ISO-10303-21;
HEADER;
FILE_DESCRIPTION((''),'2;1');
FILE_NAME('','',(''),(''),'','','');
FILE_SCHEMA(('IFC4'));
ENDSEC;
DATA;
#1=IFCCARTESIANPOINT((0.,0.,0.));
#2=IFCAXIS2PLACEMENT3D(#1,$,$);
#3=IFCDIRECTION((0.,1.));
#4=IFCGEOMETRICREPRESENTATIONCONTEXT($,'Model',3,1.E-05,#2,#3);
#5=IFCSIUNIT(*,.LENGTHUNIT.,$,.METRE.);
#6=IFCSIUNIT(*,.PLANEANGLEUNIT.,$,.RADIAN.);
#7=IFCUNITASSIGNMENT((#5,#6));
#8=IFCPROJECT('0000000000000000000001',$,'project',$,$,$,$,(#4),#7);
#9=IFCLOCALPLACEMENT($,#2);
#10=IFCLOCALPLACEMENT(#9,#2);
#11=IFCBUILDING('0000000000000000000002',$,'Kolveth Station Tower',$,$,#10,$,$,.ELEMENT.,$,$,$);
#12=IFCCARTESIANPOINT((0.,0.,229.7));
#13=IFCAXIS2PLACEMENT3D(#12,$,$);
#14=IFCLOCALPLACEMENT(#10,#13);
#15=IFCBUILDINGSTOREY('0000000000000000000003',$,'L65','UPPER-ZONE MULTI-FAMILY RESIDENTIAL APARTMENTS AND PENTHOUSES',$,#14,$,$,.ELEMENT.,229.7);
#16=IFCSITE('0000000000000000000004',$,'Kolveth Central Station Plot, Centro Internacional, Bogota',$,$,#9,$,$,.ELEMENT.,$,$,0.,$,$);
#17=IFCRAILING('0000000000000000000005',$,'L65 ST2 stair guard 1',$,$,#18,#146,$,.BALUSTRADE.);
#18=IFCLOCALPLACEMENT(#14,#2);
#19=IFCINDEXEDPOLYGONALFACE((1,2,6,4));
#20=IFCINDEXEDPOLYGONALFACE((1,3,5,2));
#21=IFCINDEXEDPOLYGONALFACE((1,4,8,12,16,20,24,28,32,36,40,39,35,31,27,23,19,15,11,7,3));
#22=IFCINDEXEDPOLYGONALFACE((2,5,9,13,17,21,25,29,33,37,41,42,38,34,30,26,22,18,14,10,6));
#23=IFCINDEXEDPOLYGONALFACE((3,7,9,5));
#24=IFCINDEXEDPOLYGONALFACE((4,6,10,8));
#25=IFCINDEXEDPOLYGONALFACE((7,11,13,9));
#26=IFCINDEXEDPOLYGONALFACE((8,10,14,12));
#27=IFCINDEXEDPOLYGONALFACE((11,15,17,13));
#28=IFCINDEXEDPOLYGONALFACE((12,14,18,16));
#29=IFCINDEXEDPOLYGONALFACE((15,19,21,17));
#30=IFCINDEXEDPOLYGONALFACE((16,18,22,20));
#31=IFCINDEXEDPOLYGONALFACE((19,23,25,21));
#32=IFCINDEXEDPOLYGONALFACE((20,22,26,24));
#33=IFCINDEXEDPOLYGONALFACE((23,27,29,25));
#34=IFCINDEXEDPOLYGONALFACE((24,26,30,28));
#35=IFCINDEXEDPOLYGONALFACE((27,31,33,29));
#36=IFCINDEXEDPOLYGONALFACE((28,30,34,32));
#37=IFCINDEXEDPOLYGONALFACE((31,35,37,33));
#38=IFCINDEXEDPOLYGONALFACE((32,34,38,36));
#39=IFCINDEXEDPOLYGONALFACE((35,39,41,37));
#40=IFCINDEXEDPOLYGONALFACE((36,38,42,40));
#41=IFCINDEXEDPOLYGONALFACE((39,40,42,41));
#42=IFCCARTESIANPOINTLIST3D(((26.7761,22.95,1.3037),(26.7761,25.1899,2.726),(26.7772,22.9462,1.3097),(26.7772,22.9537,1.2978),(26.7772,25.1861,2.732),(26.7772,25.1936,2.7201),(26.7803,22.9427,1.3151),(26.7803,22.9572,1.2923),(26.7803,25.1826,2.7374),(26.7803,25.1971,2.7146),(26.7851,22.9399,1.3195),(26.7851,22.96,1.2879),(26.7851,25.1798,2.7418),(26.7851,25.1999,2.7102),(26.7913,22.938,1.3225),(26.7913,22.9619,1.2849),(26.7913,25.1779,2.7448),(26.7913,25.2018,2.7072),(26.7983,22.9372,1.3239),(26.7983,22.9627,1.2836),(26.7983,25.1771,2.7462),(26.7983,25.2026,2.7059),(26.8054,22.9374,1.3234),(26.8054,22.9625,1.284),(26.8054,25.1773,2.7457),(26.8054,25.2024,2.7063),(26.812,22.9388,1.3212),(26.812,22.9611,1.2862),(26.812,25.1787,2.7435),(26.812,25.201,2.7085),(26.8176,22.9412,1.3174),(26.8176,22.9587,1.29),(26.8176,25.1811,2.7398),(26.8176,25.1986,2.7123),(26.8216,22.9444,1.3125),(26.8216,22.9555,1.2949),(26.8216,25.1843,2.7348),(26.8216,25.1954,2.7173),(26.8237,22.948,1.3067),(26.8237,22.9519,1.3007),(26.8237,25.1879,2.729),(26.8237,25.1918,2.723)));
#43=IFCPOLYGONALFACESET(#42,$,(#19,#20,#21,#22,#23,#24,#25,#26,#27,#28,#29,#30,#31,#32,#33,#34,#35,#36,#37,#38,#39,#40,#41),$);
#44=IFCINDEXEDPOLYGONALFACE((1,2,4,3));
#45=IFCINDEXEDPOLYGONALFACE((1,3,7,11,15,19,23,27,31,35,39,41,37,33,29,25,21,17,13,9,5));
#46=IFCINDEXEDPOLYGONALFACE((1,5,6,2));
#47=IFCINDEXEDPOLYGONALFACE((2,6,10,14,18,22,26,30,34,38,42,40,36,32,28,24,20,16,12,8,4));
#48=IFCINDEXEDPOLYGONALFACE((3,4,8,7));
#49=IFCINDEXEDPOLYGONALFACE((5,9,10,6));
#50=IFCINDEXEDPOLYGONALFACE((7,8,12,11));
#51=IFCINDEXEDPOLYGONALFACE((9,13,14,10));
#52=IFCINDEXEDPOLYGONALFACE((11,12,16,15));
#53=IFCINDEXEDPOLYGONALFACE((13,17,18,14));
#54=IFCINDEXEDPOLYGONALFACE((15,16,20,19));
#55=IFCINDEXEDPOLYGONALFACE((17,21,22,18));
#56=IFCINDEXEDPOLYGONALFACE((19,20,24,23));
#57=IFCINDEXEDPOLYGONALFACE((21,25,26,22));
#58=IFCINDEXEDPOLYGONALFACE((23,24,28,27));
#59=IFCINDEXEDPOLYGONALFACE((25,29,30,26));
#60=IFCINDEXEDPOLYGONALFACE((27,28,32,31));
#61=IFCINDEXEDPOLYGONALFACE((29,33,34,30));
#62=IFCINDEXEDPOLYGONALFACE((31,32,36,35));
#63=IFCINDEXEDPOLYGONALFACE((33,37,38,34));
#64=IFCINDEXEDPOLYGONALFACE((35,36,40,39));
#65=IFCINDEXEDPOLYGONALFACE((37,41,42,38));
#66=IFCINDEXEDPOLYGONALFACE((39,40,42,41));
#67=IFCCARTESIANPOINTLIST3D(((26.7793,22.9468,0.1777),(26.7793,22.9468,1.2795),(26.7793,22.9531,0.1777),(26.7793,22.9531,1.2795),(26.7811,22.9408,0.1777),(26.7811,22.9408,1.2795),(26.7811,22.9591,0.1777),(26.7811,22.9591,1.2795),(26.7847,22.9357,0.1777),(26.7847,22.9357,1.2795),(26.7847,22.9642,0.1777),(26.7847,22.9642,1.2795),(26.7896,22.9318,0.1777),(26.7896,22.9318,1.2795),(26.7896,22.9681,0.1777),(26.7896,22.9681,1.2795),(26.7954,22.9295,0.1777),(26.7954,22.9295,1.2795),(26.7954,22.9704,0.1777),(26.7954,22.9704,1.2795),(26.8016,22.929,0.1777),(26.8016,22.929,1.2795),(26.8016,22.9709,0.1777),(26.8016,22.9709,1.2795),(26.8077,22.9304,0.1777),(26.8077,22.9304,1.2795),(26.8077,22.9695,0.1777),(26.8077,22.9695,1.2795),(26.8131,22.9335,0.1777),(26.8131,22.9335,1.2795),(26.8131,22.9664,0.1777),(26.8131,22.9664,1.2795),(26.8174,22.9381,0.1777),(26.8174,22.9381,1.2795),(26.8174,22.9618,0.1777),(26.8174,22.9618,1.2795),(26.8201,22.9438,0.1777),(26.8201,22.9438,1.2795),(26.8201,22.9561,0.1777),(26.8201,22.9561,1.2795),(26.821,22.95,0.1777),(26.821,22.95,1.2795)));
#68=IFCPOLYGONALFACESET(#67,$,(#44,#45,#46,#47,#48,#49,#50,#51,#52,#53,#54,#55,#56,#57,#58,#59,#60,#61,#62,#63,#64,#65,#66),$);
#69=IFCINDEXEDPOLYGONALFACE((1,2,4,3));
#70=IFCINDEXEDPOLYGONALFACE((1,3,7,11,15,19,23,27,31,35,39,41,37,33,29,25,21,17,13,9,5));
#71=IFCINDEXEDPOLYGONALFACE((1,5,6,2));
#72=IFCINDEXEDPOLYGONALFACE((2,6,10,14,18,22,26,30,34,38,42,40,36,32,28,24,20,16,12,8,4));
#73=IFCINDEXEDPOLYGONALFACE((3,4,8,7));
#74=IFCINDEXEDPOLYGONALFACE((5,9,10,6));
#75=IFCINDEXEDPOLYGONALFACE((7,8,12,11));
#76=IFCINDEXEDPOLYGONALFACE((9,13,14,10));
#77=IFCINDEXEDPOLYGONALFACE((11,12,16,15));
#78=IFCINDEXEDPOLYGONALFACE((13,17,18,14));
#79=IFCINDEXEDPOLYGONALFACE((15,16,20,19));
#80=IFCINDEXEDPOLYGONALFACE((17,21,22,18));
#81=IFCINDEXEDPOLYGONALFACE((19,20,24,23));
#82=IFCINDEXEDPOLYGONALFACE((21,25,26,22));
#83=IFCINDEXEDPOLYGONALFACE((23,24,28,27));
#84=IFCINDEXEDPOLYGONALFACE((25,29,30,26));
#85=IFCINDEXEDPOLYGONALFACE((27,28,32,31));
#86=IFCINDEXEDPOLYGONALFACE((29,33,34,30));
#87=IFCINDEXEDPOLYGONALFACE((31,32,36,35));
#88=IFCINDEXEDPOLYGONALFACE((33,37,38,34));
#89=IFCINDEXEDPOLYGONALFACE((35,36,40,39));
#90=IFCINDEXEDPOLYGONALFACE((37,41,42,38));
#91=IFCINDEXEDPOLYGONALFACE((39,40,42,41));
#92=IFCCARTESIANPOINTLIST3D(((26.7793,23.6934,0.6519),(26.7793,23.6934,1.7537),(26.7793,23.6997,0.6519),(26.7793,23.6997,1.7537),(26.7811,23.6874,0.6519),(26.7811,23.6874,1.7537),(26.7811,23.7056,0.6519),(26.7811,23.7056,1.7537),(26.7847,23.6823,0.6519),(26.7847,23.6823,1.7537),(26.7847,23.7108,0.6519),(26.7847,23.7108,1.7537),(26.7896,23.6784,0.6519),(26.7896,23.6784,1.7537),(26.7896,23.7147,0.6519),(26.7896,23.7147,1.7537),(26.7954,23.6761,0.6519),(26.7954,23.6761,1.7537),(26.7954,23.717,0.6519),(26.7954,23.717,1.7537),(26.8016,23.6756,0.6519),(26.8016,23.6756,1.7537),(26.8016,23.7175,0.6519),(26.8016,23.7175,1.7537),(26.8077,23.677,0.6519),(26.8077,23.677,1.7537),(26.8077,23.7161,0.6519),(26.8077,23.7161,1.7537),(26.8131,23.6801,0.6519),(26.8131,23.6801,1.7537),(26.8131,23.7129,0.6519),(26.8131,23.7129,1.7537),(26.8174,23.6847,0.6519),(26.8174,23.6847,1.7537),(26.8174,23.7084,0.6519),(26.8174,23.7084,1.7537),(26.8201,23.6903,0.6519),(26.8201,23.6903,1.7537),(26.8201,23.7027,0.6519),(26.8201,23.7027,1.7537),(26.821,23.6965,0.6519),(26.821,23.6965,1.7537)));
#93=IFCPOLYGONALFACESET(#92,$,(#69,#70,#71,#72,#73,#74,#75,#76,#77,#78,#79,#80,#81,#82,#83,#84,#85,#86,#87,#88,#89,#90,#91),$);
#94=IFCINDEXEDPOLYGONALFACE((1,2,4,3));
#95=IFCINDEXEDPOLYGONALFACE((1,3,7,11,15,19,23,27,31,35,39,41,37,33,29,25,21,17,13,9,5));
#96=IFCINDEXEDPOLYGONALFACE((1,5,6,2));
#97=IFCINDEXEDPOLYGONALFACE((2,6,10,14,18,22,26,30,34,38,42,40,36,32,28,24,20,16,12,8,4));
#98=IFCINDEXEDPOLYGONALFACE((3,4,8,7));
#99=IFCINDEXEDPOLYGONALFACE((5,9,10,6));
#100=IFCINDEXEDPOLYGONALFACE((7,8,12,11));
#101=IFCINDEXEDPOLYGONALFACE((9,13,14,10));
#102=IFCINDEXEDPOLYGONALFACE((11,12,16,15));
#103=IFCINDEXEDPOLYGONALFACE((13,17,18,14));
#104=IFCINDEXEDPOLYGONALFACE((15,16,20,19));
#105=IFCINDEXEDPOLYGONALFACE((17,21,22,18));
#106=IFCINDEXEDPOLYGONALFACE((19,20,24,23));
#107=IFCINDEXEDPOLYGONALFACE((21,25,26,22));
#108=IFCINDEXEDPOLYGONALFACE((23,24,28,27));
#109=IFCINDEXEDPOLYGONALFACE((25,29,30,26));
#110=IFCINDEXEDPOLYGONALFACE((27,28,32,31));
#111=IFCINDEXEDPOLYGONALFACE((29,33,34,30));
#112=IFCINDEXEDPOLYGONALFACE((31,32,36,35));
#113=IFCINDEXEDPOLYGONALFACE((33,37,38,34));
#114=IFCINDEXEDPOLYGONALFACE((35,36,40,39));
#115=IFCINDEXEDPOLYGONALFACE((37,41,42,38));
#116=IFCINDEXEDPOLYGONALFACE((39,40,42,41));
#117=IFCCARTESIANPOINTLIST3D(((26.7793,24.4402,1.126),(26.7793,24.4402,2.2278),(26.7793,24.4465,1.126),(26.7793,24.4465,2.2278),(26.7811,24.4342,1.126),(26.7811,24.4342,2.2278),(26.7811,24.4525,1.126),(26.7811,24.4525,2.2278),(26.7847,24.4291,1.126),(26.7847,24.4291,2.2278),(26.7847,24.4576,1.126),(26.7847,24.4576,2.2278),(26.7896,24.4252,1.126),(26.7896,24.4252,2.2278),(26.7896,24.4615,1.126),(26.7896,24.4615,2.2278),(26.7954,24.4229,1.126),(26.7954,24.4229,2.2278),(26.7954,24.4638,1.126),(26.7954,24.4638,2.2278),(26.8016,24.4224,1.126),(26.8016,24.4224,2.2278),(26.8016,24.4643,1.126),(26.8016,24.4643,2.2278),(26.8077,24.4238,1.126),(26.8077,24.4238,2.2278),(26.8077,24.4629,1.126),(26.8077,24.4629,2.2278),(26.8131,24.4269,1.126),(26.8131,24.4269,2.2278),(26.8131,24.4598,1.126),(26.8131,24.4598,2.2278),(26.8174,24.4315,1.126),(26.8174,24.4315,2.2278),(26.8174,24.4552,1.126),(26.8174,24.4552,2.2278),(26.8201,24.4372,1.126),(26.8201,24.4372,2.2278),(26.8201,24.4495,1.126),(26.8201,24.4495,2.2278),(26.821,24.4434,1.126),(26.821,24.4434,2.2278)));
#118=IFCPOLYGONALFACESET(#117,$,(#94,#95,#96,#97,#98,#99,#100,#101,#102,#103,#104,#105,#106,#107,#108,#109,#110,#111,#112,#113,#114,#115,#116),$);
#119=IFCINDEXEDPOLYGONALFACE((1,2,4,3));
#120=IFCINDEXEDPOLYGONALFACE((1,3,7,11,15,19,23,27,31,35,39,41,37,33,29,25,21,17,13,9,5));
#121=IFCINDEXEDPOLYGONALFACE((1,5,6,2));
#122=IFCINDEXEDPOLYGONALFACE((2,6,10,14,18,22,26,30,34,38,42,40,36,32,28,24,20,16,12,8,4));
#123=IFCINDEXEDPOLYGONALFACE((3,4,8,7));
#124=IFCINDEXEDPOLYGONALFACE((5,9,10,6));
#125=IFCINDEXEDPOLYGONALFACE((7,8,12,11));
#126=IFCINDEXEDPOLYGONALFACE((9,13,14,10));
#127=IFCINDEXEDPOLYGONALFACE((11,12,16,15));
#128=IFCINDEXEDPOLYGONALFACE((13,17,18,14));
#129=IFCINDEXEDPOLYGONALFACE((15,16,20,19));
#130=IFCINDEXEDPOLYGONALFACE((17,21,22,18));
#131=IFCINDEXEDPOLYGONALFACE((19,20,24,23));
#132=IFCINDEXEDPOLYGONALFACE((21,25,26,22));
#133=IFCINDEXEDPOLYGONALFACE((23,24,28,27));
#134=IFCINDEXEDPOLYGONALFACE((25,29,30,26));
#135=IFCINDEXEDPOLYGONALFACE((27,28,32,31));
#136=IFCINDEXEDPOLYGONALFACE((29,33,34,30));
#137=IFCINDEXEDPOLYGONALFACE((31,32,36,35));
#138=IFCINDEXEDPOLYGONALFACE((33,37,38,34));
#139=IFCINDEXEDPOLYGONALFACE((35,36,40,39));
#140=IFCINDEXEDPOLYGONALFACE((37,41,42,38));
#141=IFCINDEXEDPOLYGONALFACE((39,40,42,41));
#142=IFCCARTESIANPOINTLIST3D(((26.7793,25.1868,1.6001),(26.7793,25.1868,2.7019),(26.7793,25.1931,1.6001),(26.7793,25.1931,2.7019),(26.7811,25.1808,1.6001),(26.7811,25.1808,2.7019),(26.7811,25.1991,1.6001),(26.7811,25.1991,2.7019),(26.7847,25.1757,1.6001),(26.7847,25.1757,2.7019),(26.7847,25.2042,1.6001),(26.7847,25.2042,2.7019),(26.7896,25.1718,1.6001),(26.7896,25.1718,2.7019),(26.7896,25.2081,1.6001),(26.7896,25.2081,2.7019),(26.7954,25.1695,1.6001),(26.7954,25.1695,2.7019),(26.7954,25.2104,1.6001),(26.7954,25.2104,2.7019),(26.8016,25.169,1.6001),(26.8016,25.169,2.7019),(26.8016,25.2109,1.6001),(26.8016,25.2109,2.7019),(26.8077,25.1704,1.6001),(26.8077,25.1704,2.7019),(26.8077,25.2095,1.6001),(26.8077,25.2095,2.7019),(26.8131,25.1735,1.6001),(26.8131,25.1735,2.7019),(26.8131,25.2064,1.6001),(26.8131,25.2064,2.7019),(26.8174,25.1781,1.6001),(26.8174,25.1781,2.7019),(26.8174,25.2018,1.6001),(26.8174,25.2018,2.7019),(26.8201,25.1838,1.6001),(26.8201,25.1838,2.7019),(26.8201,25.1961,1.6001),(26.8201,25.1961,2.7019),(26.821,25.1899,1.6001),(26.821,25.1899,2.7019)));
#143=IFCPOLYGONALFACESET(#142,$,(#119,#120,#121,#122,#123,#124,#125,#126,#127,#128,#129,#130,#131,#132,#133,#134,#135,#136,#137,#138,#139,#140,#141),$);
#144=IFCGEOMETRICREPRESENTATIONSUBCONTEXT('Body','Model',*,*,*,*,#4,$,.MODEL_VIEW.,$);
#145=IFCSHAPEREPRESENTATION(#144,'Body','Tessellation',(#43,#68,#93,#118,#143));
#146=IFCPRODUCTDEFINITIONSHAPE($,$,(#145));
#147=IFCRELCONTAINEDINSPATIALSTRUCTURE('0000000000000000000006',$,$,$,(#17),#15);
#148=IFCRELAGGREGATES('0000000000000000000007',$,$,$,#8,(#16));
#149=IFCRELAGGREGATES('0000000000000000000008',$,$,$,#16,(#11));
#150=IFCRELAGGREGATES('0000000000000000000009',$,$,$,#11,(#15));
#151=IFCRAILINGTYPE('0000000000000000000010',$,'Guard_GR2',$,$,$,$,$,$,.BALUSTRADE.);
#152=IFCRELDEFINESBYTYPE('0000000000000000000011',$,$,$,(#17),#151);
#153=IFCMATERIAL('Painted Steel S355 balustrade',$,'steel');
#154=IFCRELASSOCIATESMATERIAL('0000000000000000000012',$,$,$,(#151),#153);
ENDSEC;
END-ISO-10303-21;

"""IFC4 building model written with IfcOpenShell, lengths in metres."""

from ifc_helpers import new_model, si_unit, direction, frame, origin, origin_2d, place, context, subcontext, project, spatial, circle, extrude, material, type_object, element, save


model = new_model("IFC4")

# Units and contexts
model_context = context("Model", 3, precision=1e-05, world=origin(), true_north=direction((0.0, 1.0)))
body_context = subcontext(model_context, "Body", "Model", "MODEL_VIEW")
ifc_project = project(units=[si_unit("LENGTHUNIT", "METRE"), si_unit("PLANEANGLEUNIT", "RADIAN")], contexts=[model_context])

# Site, building, storey
site_placement = place(None, origin())
site = spatial("IfcSite", under=ifc_project, at=site_placement, Name="Kolveth Central Station Plot, Centro Internacional, Bogota", CompositionType="ELEMENT", RefElevation=0.0)
building_placement = place(site_placement, origin())
building = spatial("IfcBuilding", under=site, at=building_placement, Name="Kolveth Station Tower", CompositionType="ELEMENT")
storey_placement = place(building_placement, frame((0.0, 0.0, 229.7)))
storey = spatial("IfcBuildingStorey", under=building, at=storey_placement, Name="L65", Description="UPPER-ZONE MULTI-FAMILY RESIDENTIAL APARTMENTS AND PENTHOUSES", CompositionType="ELEMENT", Elevation=229.7)

# Railing
ifc_material_1 = material(Name="Painted Steel S355 balustrade", Category="steel")
railing_type_1 = type_object("IfcRailingType", Name="Guard_GR2", PredefinedType="BALUSTRADE", material=ifc_material_1)
railing_1_placement = place(storey_placement, frame((26.8, 22.95, 0.1777)))
element("IfcRailing", 1, at=railing_1_placement, inside=storey, type_object=railing_type_1, Name="L65 ST2 stair guard 1", PredefinedType="BALUSTRADE", context=body_context, shape_type="SweptSolid", body=[
    extrude(circle(Radius=0.0239, at=origin_2d()), frame((0.0, 0.0, 1.126), z_axis=(0.0, 0.844188, 0.536048), x_axis=(-1.0, 0.0, 0.0)), (0.0, 0.0, 1.0), 2.6533),
    extrude(circle(Radius=0.021, at=origin_2d()), origin(), (0.0, 0.0, 1.0), 1.1018),
    extrude(circle(Radius=0.021, at=origin_2d()), frame((0.0, 0.7466, 0.4741)), (0.0, 0.0, 1.0), 1.1018),
    extrude(circle(Radius=0.021, at=origin_2d()), frame((0.0, 1.4934, 0.9482)), (0.0, 0.0, 1.0), 1.1018),
    extrude(circle(Radius=0.021, at=origin_2d()), frame((0.0, 2.24, 1.4224)), (0.0, 0.0, 1.0), 1.1018),
])

save(model, "model.ifc")
